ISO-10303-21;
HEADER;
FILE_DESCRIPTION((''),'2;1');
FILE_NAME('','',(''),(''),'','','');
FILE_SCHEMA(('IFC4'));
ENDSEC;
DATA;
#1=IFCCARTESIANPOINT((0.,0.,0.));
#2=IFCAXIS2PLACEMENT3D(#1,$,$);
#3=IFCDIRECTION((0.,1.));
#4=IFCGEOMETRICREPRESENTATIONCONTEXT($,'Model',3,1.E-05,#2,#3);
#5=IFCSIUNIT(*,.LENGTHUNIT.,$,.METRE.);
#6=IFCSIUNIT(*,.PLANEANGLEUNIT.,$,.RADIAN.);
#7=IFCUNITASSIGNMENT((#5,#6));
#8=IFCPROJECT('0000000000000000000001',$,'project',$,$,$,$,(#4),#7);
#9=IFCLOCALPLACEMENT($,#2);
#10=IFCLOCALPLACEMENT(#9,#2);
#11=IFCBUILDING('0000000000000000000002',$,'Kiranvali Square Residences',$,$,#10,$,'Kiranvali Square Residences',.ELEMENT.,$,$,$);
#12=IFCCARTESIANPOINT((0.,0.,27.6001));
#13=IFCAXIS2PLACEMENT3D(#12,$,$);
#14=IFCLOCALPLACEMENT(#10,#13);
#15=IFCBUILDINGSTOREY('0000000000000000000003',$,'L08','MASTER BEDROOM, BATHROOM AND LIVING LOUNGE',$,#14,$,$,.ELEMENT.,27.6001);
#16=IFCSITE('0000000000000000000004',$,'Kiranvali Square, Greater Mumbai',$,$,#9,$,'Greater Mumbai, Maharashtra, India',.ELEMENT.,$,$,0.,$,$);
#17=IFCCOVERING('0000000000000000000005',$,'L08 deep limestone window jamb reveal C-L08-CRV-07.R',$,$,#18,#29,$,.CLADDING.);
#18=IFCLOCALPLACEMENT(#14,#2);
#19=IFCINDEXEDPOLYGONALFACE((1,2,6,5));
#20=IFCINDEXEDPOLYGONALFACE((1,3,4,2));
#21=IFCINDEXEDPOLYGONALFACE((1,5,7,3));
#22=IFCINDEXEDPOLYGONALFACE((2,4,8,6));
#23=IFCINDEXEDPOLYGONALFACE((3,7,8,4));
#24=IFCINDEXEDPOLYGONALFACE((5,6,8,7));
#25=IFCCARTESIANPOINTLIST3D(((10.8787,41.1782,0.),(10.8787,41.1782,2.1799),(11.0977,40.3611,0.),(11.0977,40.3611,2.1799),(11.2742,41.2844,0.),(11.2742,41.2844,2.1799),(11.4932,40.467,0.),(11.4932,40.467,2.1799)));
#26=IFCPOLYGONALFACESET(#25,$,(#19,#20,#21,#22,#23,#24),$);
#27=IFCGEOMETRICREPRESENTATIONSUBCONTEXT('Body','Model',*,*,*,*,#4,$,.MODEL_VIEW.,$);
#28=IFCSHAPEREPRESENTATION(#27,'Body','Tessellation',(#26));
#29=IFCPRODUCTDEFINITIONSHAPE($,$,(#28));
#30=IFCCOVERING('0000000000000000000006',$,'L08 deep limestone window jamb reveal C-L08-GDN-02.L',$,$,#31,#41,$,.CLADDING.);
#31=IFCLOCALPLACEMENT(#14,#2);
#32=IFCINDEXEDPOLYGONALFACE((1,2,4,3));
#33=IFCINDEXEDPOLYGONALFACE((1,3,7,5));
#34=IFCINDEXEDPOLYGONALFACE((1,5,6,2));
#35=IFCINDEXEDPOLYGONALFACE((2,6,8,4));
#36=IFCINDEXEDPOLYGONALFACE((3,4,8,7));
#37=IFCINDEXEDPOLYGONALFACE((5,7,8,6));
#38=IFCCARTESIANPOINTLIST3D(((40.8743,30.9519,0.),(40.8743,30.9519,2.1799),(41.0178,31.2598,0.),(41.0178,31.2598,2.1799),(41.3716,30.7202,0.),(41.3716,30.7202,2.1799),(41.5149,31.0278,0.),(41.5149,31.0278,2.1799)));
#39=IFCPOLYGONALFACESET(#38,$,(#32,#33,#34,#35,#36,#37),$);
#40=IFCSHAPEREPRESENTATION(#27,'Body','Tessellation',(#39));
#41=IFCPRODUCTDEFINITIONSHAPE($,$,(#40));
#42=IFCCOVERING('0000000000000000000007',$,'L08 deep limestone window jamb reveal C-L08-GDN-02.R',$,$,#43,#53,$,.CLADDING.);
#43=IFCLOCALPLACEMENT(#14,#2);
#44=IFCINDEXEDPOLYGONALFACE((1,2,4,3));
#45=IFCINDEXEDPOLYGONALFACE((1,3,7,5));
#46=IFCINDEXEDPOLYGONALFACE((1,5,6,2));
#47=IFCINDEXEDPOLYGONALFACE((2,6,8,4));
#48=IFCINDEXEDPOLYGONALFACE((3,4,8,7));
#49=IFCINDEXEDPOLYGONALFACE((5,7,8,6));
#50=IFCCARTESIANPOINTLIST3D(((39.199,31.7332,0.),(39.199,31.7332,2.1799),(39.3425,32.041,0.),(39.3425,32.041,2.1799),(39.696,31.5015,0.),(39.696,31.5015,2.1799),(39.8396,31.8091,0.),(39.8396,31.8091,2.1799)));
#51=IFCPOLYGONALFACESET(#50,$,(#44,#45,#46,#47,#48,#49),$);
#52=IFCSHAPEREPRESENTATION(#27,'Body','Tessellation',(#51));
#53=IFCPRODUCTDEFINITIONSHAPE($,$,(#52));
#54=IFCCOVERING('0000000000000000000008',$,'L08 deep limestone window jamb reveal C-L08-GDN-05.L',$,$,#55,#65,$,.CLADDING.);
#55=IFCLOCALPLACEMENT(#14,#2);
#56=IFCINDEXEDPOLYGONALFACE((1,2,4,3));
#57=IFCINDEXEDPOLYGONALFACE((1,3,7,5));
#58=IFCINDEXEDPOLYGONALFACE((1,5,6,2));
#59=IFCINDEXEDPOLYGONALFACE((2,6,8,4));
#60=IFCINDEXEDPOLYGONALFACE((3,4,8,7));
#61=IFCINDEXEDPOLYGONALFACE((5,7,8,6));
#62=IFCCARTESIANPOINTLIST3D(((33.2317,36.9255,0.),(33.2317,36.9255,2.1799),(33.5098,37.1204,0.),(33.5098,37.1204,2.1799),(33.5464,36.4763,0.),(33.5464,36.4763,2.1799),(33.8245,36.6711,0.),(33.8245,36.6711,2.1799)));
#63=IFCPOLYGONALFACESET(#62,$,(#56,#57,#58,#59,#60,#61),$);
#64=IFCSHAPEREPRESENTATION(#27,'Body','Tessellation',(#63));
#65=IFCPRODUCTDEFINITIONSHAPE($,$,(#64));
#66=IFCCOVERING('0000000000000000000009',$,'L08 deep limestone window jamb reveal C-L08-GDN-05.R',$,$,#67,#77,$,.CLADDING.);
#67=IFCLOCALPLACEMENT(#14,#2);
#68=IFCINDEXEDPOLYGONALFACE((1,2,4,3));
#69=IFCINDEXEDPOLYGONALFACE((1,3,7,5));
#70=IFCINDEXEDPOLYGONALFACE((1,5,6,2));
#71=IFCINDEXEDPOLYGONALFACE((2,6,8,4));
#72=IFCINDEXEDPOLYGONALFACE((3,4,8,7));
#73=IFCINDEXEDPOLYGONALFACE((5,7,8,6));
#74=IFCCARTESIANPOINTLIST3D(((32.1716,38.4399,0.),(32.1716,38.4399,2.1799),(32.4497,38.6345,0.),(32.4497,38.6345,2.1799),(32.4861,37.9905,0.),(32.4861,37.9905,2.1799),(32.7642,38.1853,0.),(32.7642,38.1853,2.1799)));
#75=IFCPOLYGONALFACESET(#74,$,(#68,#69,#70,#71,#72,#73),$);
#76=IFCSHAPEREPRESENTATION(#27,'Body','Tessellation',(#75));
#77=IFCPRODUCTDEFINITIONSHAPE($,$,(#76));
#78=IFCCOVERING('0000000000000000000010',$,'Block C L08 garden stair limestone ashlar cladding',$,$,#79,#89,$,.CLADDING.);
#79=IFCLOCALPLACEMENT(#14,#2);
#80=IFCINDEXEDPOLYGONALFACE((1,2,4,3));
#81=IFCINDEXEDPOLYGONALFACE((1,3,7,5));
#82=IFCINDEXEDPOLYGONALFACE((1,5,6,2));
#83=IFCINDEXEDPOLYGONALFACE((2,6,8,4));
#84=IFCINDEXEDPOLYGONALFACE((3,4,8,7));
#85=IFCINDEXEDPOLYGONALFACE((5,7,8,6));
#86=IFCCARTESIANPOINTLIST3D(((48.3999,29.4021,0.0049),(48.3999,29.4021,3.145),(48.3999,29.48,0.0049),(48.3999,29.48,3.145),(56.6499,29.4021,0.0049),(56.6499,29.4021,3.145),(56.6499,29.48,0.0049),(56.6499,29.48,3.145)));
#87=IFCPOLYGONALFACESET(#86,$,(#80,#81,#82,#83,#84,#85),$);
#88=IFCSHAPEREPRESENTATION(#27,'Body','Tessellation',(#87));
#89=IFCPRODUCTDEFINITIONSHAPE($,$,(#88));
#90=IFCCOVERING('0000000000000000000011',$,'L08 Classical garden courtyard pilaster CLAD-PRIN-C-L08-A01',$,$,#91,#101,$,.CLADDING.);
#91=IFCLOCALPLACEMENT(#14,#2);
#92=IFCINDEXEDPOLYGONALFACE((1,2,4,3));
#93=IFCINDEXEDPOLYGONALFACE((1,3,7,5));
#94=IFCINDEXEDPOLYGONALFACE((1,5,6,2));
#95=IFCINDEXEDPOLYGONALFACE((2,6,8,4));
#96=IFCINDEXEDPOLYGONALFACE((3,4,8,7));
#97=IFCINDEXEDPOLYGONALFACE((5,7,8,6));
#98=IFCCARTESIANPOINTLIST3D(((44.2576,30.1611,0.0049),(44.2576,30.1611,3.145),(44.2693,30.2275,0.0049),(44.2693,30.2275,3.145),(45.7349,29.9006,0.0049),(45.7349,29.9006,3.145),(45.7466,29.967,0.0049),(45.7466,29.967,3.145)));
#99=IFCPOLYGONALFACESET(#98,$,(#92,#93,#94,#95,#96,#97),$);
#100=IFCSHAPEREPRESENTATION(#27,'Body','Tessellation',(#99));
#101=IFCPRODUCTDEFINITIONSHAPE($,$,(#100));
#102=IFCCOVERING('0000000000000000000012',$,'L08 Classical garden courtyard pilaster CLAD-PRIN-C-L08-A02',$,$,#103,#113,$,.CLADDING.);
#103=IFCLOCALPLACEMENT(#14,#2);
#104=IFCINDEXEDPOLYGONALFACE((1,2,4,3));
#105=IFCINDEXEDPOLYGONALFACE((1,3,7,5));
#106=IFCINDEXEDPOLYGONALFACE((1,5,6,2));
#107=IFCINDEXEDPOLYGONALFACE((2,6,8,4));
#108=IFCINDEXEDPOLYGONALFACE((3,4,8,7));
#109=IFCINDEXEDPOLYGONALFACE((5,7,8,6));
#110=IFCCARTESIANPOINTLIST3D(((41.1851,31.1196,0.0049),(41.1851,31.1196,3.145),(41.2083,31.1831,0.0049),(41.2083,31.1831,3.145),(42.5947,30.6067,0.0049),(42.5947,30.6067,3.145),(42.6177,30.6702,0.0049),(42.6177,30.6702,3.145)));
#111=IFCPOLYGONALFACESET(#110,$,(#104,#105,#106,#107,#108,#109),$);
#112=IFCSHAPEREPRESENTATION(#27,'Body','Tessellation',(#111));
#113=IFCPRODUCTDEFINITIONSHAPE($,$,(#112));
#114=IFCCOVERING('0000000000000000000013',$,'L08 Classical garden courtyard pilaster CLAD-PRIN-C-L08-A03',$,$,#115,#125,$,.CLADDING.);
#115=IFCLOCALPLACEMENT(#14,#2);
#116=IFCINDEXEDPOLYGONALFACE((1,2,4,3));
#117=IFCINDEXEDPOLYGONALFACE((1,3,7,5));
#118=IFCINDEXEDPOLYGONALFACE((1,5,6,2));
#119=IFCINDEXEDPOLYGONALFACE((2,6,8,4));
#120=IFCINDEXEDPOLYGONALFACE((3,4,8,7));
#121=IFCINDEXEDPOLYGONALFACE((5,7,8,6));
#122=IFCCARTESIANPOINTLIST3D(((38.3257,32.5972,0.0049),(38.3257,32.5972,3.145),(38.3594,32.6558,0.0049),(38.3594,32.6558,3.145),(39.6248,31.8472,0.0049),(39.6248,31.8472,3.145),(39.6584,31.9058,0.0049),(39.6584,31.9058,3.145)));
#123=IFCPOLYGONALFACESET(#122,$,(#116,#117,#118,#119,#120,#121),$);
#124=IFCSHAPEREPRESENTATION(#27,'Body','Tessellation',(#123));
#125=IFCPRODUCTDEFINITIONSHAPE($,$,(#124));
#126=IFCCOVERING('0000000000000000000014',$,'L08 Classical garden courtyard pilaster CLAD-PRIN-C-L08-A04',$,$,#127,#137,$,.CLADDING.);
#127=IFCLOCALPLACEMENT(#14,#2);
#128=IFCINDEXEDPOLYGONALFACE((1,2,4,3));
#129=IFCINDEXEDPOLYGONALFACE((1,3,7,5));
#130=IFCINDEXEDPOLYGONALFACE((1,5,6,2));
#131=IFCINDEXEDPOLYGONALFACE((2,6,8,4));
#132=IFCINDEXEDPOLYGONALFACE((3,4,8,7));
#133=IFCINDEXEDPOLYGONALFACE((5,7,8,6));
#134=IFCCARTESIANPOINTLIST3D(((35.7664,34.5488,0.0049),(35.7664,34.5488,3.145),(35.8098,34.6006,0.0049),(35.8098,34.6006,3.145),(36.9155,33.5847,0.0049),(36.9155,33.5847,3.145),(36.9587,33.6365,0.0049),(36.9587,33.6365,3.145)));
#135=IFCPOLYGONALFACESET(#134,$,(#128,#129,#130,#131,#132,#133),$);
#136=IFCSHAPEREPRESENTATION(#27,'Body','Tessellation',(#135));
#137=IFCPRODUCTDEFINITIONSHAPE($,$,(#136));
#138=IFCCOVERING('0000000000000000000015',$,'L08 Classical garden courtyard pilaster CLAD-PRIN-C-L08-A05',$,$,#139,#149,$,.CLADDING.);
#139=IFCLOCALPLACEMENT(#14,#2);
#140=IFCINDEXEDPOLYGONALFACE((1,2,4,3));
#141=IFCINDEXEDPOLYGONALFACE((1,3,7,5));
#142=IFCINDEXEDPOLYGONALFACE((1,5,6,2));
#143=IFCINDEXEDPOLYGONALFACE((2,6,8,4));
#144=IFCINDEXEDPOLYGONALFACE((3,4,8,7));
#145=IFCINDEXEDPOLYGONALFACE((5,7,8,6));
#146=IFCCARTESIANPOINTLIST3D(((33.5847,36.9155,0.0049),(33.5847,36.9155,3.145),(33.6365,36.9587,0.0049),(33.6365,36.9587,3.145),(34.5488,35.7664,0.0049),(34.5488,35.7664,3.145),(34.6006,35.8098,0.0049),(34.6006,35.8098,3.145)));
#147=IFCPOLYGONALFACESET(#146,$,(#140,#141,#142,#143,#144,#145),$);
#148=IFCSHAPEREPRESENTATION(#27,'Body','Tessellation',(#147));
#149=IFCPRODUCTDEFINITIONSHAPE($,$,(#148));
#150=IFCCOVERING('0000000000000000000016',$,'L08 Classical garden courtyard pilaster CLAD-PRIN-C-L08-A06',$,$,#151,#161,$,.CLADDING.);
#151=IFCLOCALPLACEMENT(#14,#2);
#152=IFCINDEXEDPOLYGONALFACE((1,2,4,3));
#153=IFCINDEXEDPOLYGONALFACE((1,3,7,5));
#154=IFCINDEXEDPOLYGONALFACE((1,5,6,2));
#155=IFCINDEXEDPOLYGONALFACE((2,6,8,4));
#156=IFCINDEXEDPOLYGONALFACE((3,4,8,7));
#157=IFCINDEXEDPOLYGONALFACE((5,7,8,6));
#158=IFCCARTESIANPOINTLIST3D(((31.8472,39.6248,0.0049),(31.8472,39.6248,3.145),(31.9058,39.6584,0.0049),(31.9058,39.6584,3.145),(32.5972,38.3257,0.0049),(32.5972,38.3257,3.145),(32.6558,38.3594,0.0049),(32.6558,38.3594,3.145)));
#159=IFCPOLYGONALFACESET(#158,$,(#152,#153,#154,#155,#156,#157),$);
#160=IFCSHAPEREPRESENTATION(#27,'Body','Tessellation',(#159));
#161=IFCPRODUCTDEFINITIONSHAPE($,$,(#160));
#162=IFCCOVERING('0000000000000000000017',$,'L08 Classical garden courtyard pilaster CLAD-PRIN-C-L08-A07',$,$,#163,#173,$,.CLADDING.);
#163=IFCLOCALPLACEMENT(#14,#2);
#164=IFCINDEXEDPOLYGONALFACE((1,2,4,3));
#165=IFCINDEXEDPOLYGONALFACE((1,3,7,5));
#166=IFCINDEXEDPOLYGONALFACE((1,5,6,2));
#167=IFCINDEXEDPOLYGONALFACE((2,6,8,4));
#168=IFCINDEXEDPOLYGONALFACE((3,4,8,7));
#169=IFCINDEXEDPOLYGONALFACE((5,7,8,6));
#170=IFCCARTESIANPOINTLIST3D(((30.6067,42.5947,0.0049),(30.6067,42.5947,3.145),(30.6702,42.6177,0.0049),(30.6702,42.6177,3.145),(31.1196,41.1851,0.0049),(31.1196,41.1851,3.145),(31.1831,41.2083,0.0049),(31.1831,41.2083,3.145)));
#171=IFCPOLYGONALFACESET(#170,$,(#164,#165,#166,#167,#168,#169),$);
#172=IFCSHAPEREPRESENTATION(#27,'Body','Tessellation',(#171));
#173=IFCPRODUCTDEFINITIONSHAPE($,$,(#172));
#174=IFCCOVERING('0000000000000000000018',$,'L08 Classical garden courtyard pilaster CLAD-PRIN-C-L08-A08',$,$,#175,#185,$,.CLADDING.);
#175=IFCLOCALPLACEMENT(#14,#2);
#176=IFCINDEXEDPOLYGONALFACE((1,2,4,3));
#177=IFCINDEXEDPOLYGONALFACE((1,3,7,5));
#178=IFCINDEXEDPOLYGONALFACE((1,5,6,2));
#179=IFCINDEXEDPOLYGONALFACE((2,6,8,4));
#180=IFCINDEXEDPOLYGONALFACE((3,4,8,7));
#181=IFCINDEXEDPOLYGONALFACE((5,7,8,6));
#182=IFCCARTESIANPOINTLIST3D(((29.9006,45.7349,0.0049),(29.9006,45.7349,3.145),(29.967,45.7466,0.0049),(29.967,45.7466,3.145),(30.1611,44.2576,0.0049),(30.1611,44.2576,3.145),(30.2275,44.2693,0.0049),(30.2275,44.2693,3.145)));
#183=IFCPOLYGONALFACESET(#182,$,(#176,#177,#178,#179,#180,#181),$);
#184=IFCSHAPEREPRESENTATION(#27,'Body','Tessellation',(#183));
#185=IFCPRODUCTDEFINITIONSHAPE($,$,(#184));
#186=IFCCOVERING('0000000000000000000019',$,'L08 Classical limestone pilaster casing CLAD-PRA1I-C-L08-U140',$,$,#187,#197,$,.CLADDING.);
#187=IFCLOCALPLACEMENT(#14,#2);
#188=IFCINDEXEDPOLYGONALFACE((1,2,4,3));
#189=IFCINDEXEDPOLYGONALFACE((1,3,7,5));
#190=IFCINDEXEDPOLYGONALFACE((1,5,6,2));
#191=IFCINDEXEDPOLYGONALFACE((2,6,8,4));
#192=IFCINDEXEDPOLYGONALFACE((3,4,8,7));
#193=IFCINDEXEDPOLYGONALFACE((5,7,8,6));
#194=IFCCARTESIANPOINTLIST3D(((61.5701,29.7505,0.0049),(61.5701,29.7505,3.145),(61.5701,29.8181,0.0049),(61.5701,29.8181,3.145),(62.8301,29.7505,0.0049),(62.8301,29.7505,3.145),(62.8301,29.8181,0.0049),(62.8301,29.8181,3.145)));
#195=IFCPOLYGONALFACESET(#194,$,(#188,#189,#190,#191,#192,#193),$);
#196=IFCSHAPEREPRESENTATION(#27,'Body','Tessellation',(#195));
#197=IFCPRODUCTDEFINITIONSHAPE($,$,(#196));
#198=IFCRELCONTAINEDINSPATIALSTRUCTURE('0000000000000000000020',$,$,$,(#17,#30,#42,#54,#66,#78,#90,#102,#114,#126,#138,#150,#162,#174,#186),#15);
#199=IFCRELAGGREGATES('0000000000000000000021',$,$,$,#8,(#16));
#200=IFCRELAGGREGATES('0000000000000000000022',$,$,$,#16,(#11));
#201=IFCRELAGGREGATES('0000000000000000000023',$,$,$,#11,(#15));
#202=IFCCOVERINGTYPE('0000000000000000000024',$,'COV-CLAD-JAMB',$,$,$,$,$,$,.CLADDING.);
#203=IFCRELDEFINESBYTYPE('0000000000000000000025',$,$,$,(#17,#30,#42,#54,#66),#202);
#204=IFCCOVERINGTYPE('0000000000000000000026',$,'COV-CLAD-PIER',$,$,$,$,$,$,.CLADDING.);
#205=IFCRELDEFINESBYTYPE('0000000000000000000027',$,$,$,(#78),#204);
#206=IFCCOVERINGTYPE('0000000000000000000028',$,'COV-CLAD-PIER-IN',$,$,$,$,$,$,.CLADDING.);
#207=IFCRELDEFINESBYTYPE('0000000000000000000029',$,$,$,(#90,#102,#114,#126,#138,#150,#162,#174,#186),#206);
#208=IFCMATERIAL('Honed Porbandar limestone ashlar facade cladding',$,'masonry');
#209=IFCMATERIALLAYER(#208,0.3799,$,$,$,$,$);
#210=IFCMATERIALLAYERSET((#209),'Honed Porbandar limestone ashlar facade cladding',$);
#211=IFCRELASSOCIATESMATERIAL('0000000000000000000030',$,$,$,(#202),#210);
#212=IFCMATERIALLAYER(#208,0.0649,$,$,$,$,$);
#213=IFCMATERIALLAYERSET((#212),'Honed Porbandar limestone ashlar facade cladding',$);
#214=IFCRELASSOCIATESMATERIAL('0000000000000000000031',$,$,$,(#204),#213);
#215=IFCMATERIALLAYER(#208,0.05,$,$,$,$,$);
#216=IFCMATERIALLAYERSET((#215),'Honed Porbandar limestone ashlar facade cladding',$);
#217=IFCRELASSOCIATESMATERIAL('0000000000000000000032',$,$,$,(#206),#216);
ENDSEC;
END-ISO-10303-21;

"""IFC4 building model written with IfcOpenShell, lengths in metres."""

from ifc_helpers import new_model, si_unit, direction, frame, origin, place, context, subcontext, project, spatial, polyline, outline, extrude, material, layer, layer_set, type_object, element, save


model = new_model("IFC4")

# Units and contexts
model_context = context("Model", 3, precision=1e-05, world=origin(), true_north=direction((0.0, 1.0)))
body_context = subcontext(model_context, "Body", "Model", "MODEL_VIEW")
ifc_project = project(units=[si_unit("LENGTHUNIT", "METRE"), si_unit("PLANEANGLEUNIT", "RADIAN")], contexts=[model_context])

# Site, building, storey
site_placement = place(None, origin())
site = spatial("IfcSite", under=ifc_project, at=site_placement, Name="Kiranvali Square, Greater Mumbai", LongName="Greater Mumbai, Maharashtra, India", CompositionType="ELEMENT", RefElevation=0.0)
building_placement = place(site_placement, origin())
building = spatial("IfcBuilding", under=site, at=building_placement, Name="Kiranvali Square Residences", LongName="Kiranvali Square Residences", CompositionType="ELEMENT")
storey_placement = place(building_placement, frame((0.0, 0.0, 27.6001)))
storey = spatial("IfcBuildingStorey", under=building, at=storey_placement, Name="L08", Description="MASTER BEDROOM, BATHROOM AND LIVING LOUNGE", CompositionType="ELEMENT", Elevation=27.6001)

# Coverings
ifc_material = material(Name="Honed Porbandar limestone ashlar facade cladding", Category="masonry")
ifc_layer_1 = layer(ifc_material, 0.3799)
ifc_layer_set_1 = layer_set([ifc_layer_1], Name="Honed Porbandar limestone ashlar facade cladding")
covering_type_1 = type_object("IfcCoveringType", Name="COV-CLAD-JAMB", PredefinedType="CLADDING", material=ifc_layer_set_1)
covering_1_placement = place(storey_placement, origin())
element("IfcCovering", 1, at=covering_1_placement, inside=storey, type_object=covering_type_1, Name="L08 deep limestone window jamb reveal C-L08-CRV-07.R", PredefinedType="CLADDING", context=body_context, shape_type="SweptSolid", body=[
    extrude(outline(polyline([(11.4932, 40.467), (11.2742, 41.2844), (10.8787, 41.1782), (11.0977, 40.3611), (11.4932, 40.467)])), origin(), (0.0, 0.0, 1.0), 2.1799),
])
covering_2_placement = place(storey_placement, origin())
element("IfcCovering", 2, at=covering_2_placement, inside=storey, type_object=covering_type_1, Name="L08 deep limestone window jamb reveal C-L08-GDN-02.L", PredefinedType="CLADDING", context=body_context, shape_type="SweptSolid", body=[
    extrude(outline(polyline([(41.5149, 31.0278), (41.0178, 31.2598), (40.8743, 30.9519), (41.3716, 30.7202), (41.5149, 31.0278)])), origin(), (0.0, 0.0, 1.0), 2.1799),
])
covering_3_placement = place(storey_placement, origin())
element("IfcCovering", 3, at=covering_3_placement, inside=storey, type_object=covering_type_1, Name="L08 deep limestone window jamb reveal C-L08-GDN-02.R", PredefinedType="CLADDING", context=body_context, shape_type="SweptSolid", body=[
    extrude(outline(polyline([(39.8396, 31.8091), (39.3425, 32.041), (39.199, 31.7332), (39.696, 31.5015), (39.8396, 31.8091)])), origin(), (0.0, 0.0, 1.0), 2.1799),
])
covering_4_placement = place(storey_placement, origin())
element("IfcCovering", 4, at=covering_4_placement, inside=storey, type_object=covering_type_1, Name="L08 deep limestone window jamb reveal C-L08-GDN-05.L", PredefinedType="CLADDING", context=body_context, shape_type="SweptSolid", body=[
    extrude(outline(polyline([(33.8245, 36.6711), (33.5098, 37.1204), (33.2317, 36.9255), (33.5464, 36.4763), (33.8245, 36.6711)])), origin(), (0.0, 0.0, 1.0), 2.1799),
])
covering_5_placement = place(storey_placement, origin())
element("IfcCovering", 5, at=covering_5_placement, inside=storey, type_object=covering_type_1, Name="L08 deep limestone window jamb reveal C-L08-GDN-05.R", PredefinedType="CLADDING", context=body_context, shape_type="SweptSolid", body=[
    extrude(outline(polyline([(32.7642, 38.1853), (32.4497, 38.6345), (32.1716, 38.4399), (32.4861, 37.9905), (32.7642, 38.1853)])), origin(), (0.0, 0.0, 1.0), 2.1799),
])
ifc_layer_2 = layer(ifc_material, 0.0649)
ifc_layer_set_2 = layer_set([ifc_layer_2], Name="Honed Porbandar limestone ashlar facade cladding")
covering_type_2 = type_object("IfcCoveringType", Name="COV-CLAD-PIER", PredefinedType="CLADDING", material=ifc_layer_set_2)
covering_6_placement = place(storey_placement, frame((0.0, 0.0, 0.0049)))
element("IfcCovering", 6, at=covering_6_placement, inside=storey, type_object=covering_type_2, Name="Block C L08 garden stair limestone ashlar cladding", PredefinedType="CLADDING", context=body_context, shape_type="SweptSolid", body=[
    extrude(outline(polyline([(48.3999, 29.4021), (56.6499, 29.4021), (56.6499, 29.48), (48.3999, 29.48), (48.3999, 29.4021)])), origin(), (0.0, 0.0, 1.0), 3.1401),
])
ifc_layer_3 = layer(ifc_material, 0.05)
ifc_layer_set_3 = layer_set([ifc_layer_3], Name="Honed Porbandar limestone ashlar facade cladding")
covering_type_3 = type_object("IfcCoveringType", Name="COV-CLAD-PIER-IN", PredefinedType="CLADDING", material=ifc_layer_set_3)
covering_7_placement = place(storey_placement, frame((0.0, 0.0, 0.0049)))
element("IfcCovering", 7, at=covering_7_placement, inside=storey, type_object=covering_type_3, Name="L08 Classical garden courtyard pilaster CLAD-PRIN-C-L08-A01", PredefinedType="CLADDING", context=body_context, shape_type="SweptSolid", body=[
    extrude(outline(polyline([(45.7466, 29.967), (44.2693, 30.2275), (44.2576, 30.1611), (45.7349, 29.9006), (45.7466, 29.967)])), origin(), (0.0, 0.0, 1.0), 3.1401),
])
covering_8_placement = place(storey_placement, frame((0.0, 0.0, 0.0049)))
element("IfcCovering", 8, at=covering_8_placement, inside=storey, type_object=covering_type_3, Name="L08 Classical garden courtyard pilaster CLAD-PRIN-C-L08-A02", PredefinedType="CLADDING", context=body_context, shape_type="SweptSolid", body=[
    extrude(outline(polyline([(42.6177, 30.6702), (41.2083, 31.1831), (41.1851, 31.1196), (42.5947, 30.6067), (42.6177, 30.6702)])), origin(), (0.0, 0.0, 1.0), 3.1401),
])
covering_9_placement = place(storey_placement, frame((0.0, 0.0, 0.0049)))
element("IfcCovering", 9, at=covering_9_placement, inside=storey, type_object=covering_type_3, Name="L08 Classical garden courtyard pilaster CLAD-PRIN-C-L08-A03", PredefinedType="CLADDING", context=body_context, shape_type="SweptSolid", body=[
    extrude(outline(polyline([(39.6584, 31.9058), (38.3594, 32.6558), (38.3257, 32.5972), (39.6248, 31.8472), (39.6584, 31.9058)])), origin(), (0.0, 0.0, 1.0), 3.1401),
])
covering_10_placement = place(storey_placement, frame((0.0, 0.0, 0.0049)))
element("IfcCovering", 10, at=covering_10_placement, inside=storey, type_object=covering_type_3, Name="L08 Classical garden courtyard pilaster CLAD-PRIN-C-L08-A04", PredefinedType="CLADDING", context=body_context, shape_type="SweptSolid", body=[
    extrude(outline(polyline([(36.9587, 33.6365), (35.8098, 34.6006), (35.7664, 34.5488), (36.9155, 33.5847), (36.9587, 33.6365)])), origin(), (0.0, 0.0, 1.0), 3.1401),
])
covering_11_placement = place(storey_placement, frame((0.0, 0.0, 0.0049)))
element("IfcCovering", 11, at=covering_11_placement, inside=storey, type_object=covering_type_3, Name="L08 Classical garden courtyard pilaster CLAD-PRIN-C-L08-A05", PredefinedType="CLADDING", context=body_context, shape_type="SweptSolid", body=[
    extrude(outline(polyline([(34.6006, 35.8098), (33.6365, 36.9587), (33.5847, 36.9155), (34.5488, 35.7664), (34.6006, 35.8098)])), origin(), (0.0, 0.0, 1.0), 3.1401),
])
covering_12_placement = place(storey_placement, frame((0.0, 0.0, 0.0049)))
element("IfcCovering", 12, at=covering_12_placement, inside=storey, type_object=covering_type_3, Name="L08 Classical garden courtyard pilaster CLAD-PRIN-C-L08-A06", PredefinedType="CLADDING", context=body_context, shape_type="SweptSolid", body=[
    extrude(outline(polyline([(32.6558, 38.3594), (31.9058, 39.6584), (31.8472, 39.6248), (32.5972, 38.3257), (32.6558, 38.3594)])), origin(), (0.0, 0.0, 1.0), 3.1401),
])
covering_13_placement = place(storey_placement, frame((0.0, 0.0, 0.0049)))
element("IfcCovering", 13, at=covering_13_placement, inside=storey, type_object=covering_type_3, Name="L08 Classical garden courtyard pilaster CLAD-PRIN-C-L08-A07", PredefinedType="CLADDING", context=body_context, shape_type="SweptSolid", body=[
    extrude(outline(polyline([(31.1831, 41.2083), (30.6702, 42.6177), (30.6067, 42.5947), (31.1196, 41.1851), (31.1831, 41.2083)])), origin(), (0.0, 0.0, 1.0), 3.1401),
])
covering_14_placement = place(storey_placement, frame((0.0, 0.0, 0.0049)))
element("IfcCovering", 14, at=covering_14_placement, inside=storey, type_object=covering_type_3, Name="L08 Classical garden courtyard pilaster CLAD-PRIN-C-L08-A08", PredefinedType="CLADDING", context=body_context, shape_type="SweptSolid", body=[
    extrude(outline(polyline([(30.2275, 44.2693), (29.967, 45.7466), (29.9006, 45.7349), (30.1611, 44.2576), (30.2275, 44.2693)])), origin(), (0.0, 0.0, 1.0), 3.1401),
])
covering_15_placement = place(storey_placement, frame((0.0, 0.0, 0.0049)))
element("IfcCovering", 15, at=covering_15_placement, inside=storey, type_object=covering_type_3, Name="L08 Classical limestone pilaster casing CLAD-PRA1I-C-L08-U140", PredefinedType="CLADDING", context=body_context, shape_type="SweptSolid", body=[
    extrude(outline(polyline([(61.5701, 29.7505), (62.8301, 29.7505), (62.8301, 29.8181), (61.5701, 29.8181), (61.5701, 29.7505)])), origin(), (0.0, 0.0, 1.0), 3.1401),
])

save(model, "model.ifc")
